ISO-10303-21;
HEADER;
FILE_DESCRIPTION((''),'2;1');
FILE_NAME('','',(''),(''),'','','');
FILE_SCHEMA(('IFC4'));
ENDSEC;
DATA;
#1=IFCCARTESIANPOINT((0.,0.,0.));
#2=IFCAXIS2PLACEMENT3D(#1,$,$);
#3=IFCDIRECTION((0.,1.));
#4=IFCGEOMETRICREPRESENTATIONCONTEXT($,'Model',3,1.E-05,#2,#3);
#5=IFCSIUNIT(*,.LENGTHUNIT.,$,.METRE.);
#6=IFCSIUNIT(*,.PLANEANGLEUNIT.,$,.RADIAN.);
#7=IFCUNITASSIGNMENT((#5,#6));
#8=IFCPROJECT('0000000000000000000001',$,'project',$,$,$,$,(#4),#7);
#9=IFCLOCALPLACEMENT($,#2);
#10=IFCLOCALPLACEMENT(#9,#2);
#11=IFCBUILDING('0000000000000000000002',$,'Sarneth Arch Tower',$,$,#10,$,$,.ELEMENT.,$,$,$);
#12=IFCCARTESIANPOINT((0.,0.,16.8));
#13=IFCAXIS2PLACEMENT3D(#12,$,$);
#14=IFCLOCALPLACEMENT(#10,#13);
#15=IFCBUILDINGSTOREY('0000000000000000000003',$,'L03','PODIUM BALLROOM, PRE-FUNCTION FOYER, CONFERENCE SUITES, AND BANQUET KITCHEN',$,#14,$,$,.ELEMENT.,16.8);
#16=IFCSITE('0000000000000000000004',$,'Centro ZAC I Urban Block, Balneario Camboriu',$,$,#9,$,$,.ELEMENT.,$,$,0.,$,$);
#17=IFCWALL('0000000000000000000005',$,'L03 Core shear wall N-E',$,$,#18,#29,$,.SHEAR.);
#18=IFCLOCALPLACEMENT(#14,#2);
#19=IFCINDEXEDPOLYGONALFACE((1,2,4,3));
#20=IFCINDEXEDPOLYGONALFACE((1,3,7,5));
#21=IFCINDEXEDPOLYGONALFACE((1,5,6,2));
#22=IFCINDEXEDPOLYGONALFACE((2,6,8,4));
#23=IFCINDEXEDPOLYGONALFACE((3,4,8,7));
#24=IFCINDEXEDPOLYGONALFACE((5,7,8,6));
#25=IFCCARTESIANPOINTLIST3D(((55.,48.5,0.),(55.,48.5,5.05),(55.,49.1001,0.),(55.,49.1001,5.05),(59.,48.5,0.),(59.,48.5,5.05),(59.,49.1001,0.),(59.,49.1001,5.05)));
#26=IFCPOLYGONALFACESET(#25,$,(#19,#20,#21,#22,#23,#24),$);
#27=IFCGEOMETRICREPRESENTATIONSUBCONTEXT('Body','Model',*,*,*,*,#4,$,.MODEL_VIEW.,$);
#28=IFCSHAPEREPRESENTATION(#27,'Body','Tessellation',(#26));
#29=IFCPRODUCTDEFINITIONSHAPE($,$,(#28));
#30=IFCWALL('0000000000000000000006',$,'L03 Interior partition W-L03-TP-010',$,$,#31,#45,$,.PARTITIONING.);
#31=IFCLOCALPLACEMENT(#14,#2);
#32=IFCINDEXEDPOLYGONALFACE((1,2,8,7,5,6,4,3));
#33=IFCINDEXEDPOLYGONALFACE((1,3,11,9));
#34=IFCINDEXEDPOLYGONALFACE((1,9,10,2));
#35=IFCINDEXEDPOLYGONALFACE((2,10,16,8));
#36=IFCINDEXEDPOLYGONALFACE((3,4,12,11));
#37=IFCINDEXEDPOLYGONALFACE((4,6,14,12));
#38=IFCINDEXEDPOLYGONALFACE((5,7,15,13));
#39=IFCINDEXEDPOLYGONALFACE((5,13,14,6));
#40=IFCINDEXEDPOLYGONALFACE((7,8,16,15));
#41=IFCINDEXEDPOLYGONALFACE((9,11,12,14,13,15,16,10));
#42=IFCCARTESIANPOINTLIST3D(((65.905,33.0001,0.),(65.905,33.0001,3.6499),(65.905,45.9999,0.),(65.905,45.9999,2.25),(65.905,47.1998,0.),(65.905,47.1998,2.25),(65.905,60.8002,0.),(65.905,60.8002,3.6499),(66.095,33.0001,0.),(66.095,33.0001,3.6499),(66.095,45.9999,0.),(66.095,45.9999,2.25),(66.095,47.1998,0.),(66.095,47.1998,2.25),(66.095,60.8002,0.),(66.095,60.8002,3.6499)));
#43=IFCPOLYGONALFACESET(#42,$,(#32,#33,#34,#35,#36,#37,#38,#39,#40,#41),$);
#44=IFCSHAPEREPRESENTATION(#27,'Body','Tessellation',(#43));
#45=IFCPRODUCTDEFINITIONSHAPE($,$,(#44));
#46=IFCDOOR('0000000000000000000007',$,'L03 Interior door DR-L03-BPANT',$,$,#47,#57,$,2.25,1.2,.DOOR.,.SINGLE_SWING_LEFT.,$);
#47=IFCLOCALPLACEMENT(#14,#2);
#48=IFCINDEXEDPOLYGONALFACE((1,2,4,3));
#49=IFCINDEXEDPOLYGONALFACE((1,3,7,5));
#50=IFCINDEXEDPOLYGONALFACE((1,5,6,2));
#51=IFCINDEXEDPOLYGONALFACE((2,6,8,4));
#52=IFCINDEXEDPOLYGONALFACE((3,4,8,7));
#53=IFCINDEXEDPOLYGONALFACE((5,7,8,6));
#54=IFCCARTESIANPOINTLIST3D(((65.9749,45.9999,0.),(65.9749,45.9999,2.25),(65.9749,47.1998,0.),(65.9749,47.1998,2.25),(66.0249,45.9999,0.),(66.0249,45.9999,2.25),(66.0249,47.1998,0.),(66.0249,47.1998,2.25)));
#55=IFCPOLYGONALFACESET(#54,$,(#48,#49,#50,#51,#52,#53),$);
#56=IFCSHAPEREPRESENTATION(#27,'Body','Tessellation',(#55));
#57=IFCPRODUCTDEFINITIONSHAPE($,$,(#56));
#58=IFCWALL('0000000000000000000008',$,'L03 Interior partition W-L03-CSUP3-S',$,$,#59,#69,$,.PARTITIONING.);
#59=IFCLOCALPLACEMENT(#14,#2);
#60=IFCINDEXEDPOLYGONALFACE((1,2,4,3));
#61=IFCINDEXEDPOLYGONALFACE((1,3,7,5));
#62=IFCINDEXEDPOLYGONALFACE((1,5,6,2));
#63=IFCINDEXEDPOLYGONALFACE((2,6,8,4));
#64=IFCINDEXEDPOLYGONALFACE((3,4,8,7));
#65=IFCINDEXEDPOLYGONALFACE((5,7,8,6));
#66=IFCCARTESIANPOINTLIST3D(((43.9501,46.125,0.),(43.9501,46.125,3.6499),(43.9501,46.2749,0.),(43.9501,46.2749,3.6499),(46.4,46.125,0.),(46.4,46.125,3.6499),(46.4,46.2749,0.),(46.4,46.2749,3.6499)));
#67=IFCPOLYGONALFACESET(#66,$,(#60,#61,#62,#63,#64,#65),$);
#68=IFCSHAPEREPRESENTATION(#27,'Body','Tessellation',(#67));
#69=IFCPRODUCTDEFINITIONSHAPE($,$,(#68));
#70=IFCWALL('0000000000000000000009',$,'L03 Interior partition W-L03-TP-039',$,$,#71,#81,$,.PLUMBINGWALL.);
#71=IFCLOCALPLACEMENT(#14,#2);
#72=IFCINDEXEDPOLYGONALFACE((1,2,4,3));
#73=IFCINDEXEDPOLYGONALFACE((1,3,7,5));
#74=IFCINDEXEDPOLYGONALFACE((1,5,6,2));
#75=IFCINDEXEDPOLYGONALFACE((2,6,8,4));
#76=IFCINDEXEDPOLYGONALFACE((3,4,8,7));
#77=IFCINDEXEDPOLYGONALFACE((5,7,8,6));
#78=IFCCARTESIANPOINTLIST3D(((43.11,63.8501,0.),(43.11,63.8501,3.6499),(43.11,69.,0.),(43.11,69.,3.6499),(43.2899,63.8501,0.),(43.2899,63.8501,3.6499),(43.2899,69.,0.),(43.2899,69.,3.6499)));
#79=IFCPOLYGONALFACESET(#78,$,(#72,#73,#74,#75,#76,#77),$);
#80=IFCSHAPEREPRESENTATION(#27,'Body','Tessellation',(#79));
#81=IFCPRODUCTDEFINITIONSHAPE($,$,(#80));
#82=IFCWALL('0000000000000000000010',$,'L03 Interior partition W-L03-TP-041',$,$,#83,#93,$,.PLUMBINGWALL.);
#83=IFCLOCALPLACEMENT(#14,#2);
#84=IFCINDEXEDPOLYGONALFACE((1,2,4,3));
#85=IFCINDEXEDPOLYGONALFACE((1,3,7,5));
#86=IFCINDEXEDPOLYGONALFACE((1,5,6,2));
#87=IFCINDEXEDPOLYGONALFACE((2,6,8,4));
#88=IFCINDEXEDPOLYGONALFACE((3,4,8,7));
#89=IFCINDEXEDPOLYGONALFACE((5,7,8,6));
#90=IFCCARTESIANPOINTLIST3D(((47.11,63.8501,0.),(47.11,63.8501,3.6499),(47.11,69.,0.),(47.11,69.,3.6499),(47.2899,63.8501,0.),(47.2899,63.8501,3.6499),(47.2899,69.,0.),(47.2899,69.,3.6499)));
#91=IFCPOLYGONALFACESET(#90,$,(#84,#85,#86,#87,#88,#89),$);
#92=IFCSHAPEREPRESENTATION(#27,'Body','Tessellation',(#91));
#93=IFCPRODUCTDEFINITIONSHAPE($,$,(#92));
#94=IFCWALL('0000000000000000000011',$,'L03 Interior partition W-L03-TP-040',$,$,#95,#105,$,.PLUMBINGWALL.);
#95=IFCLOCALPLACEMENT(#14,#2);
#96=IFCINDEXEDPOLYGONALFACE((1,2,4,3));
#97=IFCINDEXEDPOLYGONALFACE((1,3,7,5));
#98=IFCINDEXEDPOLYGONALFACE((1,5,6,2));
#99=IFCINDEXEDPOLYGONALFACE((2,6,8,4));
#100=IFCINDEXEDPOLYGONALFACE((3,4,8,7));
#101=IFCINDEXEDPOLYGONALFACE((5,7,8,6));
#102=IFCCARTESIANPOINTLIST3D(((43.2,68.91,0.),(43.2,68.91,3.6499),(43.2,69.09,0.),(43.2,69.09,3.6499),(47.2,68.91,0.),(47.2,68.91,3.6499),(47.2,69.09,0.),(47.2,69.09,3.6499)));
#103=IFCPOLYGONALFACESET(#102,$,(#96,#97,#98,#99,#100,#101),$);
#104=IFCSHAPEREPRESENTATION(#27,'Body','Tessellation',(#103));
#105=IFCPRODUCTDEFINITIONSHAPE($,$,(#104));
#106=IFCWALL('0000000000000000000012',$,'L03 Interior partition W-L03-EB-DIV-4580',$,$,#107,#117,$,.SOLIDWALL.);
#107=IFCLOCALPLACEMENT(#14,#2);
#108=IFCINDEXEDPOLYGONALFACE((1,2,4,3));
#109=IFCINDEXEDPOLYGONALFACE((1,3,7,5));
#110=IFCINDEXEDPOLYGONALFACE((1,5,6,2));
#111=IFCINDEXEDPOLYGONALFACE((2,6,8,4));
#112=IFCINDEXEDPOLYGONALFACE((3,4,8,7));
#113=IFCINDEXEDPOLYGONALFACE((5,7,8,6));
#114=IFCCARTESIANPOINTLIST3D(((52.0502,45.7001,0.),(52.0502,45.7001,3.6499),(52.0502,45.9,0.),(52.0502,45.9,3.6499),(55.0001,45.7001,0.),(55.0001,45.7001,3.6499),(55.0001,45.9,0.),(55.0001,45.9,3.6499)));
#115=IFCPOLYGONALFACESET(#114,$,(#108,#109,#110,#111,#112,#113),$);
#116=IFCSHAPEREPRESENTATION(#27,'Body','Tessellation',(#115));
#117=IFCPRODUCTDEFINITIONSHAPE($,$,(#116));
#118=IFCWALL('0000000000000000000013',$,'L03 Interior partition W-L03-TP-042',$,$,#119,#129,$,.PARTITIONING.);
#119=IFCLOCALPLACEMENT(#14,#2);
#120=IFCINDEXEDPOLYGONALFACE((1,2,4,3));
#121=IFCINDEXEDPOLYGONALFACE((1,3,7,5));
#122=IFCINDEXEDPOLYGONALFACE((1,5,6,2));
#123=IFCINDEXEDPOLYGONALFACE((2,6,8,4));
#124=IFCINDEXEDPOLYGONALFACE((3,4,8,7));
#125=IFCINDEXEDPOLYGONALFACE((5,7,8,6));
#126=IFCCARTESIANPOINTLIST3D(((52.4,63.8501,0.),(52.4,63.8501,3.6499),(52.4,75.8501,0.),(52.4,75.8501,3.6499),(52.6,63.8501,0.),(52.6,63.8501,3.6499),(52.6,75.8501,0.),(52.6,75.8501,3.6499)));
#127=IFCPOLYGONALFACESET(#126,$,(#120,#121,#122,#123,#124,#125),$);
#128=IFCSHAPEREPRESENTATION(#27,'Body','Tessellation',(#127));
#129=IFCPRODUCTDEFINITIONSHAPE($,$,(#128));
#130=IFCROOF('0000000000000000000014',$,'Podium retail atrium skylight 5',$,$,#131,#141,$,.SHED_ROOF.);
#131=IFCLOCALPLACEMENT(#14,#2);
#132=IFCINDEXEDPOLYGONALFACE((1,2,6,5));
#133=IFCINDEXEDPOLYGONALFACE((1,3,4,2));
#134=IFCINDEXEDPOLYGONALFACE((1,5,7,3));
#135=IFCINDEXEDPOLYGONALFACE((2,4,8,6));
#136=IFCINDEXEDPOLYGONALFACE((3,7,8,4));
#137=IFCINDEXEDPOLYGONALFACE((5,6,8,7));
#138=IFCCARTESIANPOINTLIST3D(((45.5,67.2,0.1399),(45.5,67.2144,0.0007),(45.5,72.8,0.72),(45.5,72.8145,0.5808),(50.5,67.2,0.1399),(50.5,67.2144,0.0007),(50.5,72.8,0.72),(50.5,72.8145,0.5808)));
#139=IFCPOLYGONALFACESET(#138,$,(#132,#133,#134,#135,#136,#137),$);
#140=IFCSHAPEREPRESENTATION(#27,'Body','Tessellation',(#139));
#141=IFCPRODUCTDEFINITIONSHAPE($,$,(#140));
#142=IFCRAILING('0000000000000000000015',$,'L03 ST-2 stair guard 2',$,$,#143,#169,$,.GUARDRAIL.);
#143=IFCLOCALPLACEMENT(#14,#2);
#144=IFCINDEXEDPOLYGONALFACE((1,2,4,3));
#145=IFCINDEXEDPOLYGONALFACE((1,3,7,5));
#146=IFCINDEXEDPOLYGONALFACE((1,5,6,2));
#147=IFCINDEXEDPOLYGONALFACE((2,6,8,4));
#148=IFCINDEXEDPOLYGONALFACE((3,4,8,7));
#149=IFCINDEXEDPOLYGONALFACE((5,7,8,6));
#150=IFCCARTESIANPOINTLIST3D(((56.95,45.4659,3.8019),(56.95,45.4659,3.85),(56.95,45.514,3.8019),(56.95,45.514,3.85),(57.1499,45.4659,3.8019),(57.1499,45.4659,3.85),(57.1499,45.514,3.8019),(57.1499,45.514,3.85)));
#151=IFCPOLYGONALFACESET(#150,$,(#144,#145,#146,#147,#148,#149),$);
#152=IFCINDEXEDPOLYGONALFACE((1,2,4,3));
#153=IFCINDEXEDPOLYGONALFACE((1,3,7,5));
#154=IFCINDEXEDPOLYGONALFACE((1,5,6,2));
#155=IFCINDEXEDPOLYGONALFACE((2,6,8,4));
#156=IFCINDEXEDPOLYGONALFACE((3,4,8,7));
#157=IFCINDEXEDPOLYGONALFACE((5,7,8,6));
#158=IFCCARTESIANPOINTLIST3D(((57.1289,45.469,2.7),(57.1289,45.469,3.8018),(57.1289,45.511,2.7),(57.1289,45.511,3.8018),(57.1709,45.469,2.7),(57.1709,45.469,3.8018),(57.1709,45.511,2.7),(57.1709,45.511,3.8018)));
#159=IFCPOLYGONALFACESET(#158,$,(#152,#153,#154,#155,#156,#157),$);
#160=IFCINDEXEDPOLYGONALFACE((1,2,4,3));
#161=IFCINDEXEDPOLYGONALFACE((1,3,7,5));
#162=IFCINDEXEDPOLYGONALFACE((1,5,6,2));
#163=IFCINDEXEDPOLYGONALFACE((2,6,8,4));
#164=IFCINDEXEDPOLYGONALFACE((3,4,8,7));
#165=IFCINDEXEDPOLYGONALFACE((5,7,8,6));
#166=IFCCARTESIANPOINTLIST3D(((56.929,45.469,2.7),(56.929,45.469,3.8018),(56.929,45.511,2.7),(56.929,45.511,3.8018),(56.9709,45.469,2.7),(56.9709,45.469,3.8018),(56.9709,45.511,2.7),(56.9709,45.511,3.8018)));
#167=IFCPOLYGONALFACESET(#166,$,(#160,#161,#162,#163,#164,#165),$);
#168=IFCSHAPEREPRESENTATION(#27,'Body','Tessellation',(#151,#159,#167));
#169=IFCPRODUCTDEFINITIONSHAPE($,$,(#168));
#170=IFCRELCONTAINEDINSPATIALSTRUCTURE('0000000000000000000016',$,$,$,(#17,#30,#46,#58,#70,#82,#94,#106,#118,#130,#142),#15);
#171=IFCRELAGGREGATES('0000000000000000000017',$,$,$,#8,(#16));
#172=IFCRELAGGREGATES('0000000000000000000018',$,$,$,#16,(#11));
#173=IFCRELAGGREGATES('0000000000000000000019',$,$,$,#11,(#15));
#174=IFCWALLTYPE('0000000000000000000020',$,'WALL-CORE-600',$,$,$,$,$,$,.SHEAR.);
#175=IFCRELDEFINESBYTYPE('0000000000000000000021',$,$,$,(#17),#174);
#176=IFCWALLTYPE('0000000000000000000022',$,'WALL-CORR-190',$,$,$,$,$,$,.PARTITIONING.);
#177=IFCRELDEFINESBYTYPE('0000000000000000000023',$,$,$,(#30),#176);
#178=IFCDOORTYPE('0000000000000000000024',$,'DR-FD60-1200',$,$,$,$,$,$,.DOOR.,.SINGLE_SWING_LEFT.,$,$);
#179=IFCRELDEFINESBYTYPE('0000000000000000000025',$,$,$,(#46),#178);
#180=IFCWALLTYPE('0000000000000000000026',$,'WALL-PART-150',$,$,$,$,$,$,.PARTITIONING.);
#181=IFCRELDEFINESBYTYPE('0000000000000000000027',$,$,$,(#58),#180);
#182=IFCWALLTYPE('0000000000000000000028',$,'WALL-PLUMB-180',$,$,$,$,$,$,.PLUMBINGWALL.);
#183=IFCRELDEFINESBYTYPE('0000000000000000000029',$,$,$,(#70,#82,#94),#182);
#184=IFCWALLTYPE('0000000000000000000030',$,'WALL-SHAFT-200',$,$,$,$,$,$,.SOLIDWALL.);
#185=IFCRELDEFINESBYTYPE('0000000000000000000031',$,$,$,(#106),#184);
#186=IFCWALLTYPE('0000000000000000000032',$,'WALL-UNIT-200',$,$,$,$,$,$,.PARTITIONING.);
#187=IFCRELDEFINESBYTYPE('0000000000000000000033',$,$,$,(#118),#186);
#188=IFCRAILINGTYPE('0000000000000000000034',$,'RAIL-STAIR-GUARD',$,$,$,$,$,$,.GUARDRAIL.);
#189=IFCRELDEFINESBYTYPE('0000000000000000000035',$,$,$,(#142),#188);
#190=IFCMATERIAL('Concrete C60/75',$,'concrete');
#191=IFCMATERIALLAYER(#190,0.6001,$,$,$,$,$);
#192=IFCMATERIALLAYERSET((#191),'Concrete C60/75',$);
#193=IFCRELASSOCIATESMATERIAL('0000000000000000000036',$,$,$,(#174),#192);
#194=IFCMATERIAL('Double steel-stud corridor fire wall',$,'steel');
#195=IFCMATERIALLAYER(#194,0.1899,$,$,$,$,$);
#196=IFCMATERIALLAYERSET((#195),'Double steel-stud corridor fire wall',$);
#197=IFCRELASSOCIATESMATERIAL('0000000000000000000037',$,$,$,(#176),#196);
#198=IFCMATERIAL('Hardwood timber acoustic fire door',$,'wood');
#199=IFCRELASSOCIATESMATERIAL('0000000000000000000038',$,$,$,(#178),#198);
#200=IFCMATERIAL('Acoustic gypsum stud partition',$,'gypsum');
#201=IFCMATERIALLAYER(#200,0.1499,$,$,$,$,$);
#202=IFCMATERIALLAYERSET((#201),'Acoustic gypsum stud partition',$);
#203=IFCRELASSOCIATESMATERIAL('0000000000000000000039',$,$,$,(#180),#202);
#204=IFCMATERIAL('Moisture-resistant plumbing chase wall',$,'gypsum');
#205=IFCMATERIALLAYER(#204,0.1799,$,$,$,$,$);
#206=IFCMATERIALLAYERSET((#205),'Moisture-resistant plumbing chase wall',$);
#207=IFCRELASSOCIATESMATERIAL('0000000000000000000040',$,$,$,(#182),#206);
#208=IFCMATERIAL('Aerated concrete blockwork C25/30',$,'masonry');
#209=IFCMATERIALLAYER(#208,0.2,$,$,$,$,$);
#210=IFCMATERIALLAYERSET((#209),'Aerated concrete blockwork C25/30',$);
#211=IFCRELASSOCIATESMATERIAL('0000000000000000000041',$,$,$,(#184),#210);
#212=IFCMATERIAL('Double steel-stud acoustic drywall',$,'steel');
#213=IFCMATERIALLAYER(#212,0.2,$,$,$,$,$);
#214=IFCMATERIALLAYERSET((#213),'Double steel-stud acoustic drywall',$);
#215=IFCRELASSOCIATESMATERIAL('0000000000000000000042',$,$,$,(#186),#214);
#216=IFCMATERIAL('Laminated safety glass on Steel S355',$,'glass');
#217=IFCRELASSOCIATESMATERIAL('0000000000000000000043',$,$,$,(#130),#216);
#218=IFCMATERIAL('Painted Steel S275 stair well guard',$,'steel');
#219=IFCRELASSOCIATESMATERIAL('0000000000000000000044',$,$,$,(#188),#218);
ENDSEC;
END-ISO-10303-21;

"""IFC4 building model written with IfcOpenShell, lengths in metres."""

from ifc_helpers import new_model, si_unit, direction, frame, frame_2d, origin, origin_2d, place, context, subcontext, project, spatial, polyline, rectangle, outline, extrude, material, layer, layer_set, type_object, element, fill, save


model = new_model("IFC4")

# Units and contexts
model_context = context("Model", 3, precision=1e-05, world=origin(), true_north=direction((0.0, 1.0)))
body_context = subcontext(model_context, "Body", "Model", "MODEL_VIEW")
ifc_project = project(units=[si_unit("LENGTHUNIT", "METRE"), si_unit("PLANEANGLEUNIT", "RADIAN")], contexts=[model_context])

# Site, building, storey
site_placement = place(None, origin())
site = spatial("IfcSite", under=ifc_project, at=site_placement, Name="Centro ZAC I Urban Block, Balneario Camboriu", CompositionType="ELEMENT", RefElevation=0.0)
building_placement = place(site_placement, origin())
building = spatial("IfcBuilding", under=site, at=building_placement, Name="Sarneth Arch Tower", CompositionType="ELEMENT")
storey_placement = place(building_placement, frame((0.0, 0.0, 16.8)))
storey = spatial("IfcBuildingStorey", under=building, at=storey_placement, Name="L03", Description="PODIUM BALLROOM, PRE-FUNCTION FOYER, CONFERENCE SUITES, AND BANQUET KITCHEN", CompositionType="ELEMENT", Elevation=16.8)

# Wall
ifc_material_1 = material(Name="Concrete C60/75", Category="concrete")
ifc_layer_1 = layer(ifc_material_1, 0.6001)
ifc_layer_set_1 = layer_set([ifc_layer_1], Name="Concrete C60/75")
wall_type_1 = type_object("IfcWallType", Name="WALL-CORE-600", PredefinedType="SHEAR", material=ifc_layer_set_1)
wall_1_placement = place(storey_placement, frame((55.0, 48.8, 0.0), z_axis=(0.0, 0.0, 1.0), x_axis=(1.0, 0.0, 0.0)))
element("IfcWall", 1, at=wall_1_placement, inside=storey, type_object=wall_type_1, Name="L03 Core shear wall N-E", PredefinedType="SHEAR", context=body_context, shape_type="SweptSolid", body=[
    extrude(rectangle(XDim=4.0, YDim=0.6001, at=frame_2d((2.0, 0.0))), origin(), (0.0, 0.0, 1.0), 5.05),
])

# Wall, opening, door
ifc_material_2 = material(Name="Double steel-stud corridor fire wall", Category="steel")
ifc_layer_2 = layer(ifc_material_2, 0.1899)
ifc_layer_set_2 = layer_set([ifc_layer_2], Name="Double steel-stud corridor fire wall")
wall_type_2 = type_object("IfcWallType", Name="WALL-CORR-190", PredefinedType="PARTITIONING", material=ifc_layer_set_2)
wall_2_placement = place(storey_placement, frame((66.0, 60.8, 0.0), z_axis=(0.0, 0.0, 1.0), x_axis=(0.0, -1.0, 0.0)))
wall_2 = element("IfcWall", 2, at=wall_2_placement, inside=storey, type_object=wall_type_2, Name="L03 Interior partition W-L03-TP-010", PredefinedType="PARTITIONING", context=body_context, shape_type="SweptSolid", body=[
    extrude(rectangle(XDim=27.8, YDim=0.1899, at=frame_2d((13.8999, 0.0))), origin(), (0.0, 0.0, 1.0), 3.6499),
])
opening_1_placement = place(wall_2_placement, frame((13.6001, 0.0, 0.0)))
opening_1 = element("IfcOpeningElement", 3, at=opening_1_placement, cuts=wall_2, PredefinedType="OPENING", context=body_context, shape_type="SweptSolid", body=[
    extrude(rectangle(XDim=1.2, YDim=2.25, at=frame_2d((0.6001, 1.125))), frame((0.0, 0.105, 0.0), z_axis=(0.0, -1.0, 0.0), x_axis=(1.0, 0.0, 0.0)), (0.0, 0.0, 1.0), 0.21),
])
ifc_material_3 = material(Name="Hardwood timber acoustic fire door", Category="wood")
door_type_1 = type_object("IfcDoorType", Name="DR-FD60-1200", OperationType="SINGLE_SWING_LEFT", PredefinedType="DOOR", material=ifc_material_3)
door_1_placement = place(opening_1_placement, origin())
door_1 = element("IfcDoor", 4, at=door_1_placement, inside=storey, type_object=door_type_1, Name="L03 Interior door DR-L03-BPANT", OperationType="SINGLE_SWING_LEFT", OverallHeight=2.25, OverallWidth=1.2, PredefinedType="DOOR", context=body_context, shape_type="SweptSolid", body=[
    extrude(rectangle(XDim=1.2, YDim=2.25, at=frame_2d((0.6001, 1.125))), frame((0.0, 0.0249, 0.0), z_axis=(0.0, -1.0, 0.0), x_axis=(1.0, 0.0, 0.0)), (0.0, 0.0, 1.0), 0.05),
])
fill(opening_1, door_1)

# Wall
ifc_material_4 = material(Name="Acoustic gypsum stud partition", Category="gypsum")
ifc_layer_3 = layer(ifc_material_4, 0.1499)
ifc_layer_set_3 = layer_set([ifc_layer_3], Name="Acoustic gypsum stud partition")
wall_type_3 = type_object("IfcWallType", Name="WALL-PART-150", PredefinedType="PARTITIONING", material=ifc_layer_set_3)
wall_3_placement = place(storey_placement, frame((43.95, 46.2, 0.0), z_axis=(0.0, 0.0, 1.0), x_axis=(1.0, 0.0, 0.0)))
element("IfcWall", 5, at=wall_3_placement, inside=storey, type_object=wall_type_3, Name="L03 Interior partition W-L03-CSUP3-S", PredefinedType="PARTITIONING", context=body_context, shape_type="SweptSolid", body=[
    extrude(rectangle(XDim=2.45, YDim=0.1499, at=frame_2d((1.2251, 0.0))), origin(), (0.0, 0.0, 1.0), 3.6499),
])

# Walls
ifc_material_5 = material(Name="Moisture-resistant plumbing chase wall", Category="gypsum")
ifc_layer_4 = layer(ifc_material_5, 0.1799)
ifc_layer_set_4 = layer_set([ifc_layer_4], Name="Moisture-resistant plumbing chase wall")
wall_type_4 = type_object("IfcWallType", Name="WALL-PLUMB-180", PredefinedType="PLUMBINGWALL", material=ifc_layer_set_4)
for number, where, z_axis, x_axis, name in (
    (6, (43.2, 63.8501, 0.0), (0.0, 0.0, 1.0), (0.0, 1.0, 0.0), "L03 Interior partition W-L03-TP-039"),
    (7, (47.2, 69.0, 0.0), (0.0, 0.0, 1.0), (0.0, -1.0, 0.0), "L03 Interior partition W-L03-TP-041"),
):
    element("IfcWall", number, at=place(storey_placement, frame(where, z_axis=z_axis, x_axis=x_axis)), inside=storey, type_object=wall_type_4, Name=name, PredefinedType="PLUMBINGWALL", context=body_context, shape_type="SweptSolid", body=[
        extrude(rectangle(XDim=5.1499, YDim=0.1799, at=frame_2d((2.575, 0.0))), origin(), (0.0, 0.0, 1.0), 3.6499),
    ])
wall_4_placement = place(storey_placement, frame((43.2, 69.0, 0.0), z_axis=(0.0, 0.0, 1.0), x_axis=(1.0, 0.0, 0.0)))
element("IfcWall", 8, at=wall_4_placement, inside=storey, type_object=wall_type_4, Name="L03 Interior partition W-L03-TP-040", PredefinedType="PLUMBINGWALL", context=body_context, shape_type="SweptSolid", body=[
    extrude(rectangle(XDim=4.0, YDim=0.1799, at=frame_2d((2.0, 0.0))), origin(), (0.0, 0.0, 1.0), 3.6499),
])

# Shared definitions
ifc_material_6 = material(Name="Aerated concrete blockwork C25/30", Category="masonry")
ifc_layer_5 = layer(ifc_material_6, 0.2)
ifc_layer_set_5 = layer_set([ifc_layer_5], Name="Aerated concrete blockwork C25/30")
wall_type_5 = type_object("IfcWallType", Name="WALL-SHAFT-200", PredefinedType="SOLIDWALL", material=ifc_layer_set_5)

# Walls
wall_5_placement = place(storey_placement, frame((52.05, 45.8, 0.0), z_axis=(0.0, 0.0, 1.0), x_axis=(1.0, 0.0, 0.0)))
element("IfcWall", 9, at=wall_5_placement, inside=storey, type_object=wall_type_5, Name="L03 Interior partition W-L03-EB-DIV-4580", PredefinedType="SOLIDWALL", context=body_context, shape_type="SweptSolid", body=[
    extrude(rectangle(XDim=2.95, YDim=0.2, at=frame_2d((1.4751, 0.0))), origin(), (0.0, 0.0, 1.0), 3.6499),
])
ifc_material_7 = material(Name="Double steel-stud acoustic drywall", Category="steel")
ifc_layer_6 = layer(ifc_material_7, 0.2)
ifc_layer_set_6 = layer_set([ifc_layer_6], Name="Double steel-stud acoustic drywall")
wall_type_6 = type_object("IfcWallType", Name="WALL-UNIT-200", PredefinedType="PARTITIONING", material=ifc_layer_set_6)
wall_6_placement = place(storey_placement, frame((52.5, 75.8501, 0.0), z_axis=(0.0, 0.0, 1.0), x_axis=(0.0, -1.0, 0.0)))
element("IfcWall", 10, at=wall_6_placement, inside=storey, type_object=wall_type_6, Name="L03 Interior partition W-L03-TP-042", PredefinedType="PARTITIONING", context=body_context, shape_type="SweptSolid", body=[
    extrude(rectangle(XDim=12.0, YDim=0.2, at=frame_2d((6.0, 0.0))), origin(), (0.0, 0.0, 1.0), 3.6499),
])

# Roof
ifc_material_8 = material(Name="Laminated safety glass on Steel S355", Category="glass")
roof_placement = place(storey_placement, frame((45.5, 67.2, 0.1399), z_axis=(0.0, -0.103032, 0.994678), x_axis=(1.0, 0.0, 0.0)))
element("IfcRoof", 11, at=roof_placement, inside=storey, material=ifc_material_8, Name="Podium retail atrium skylight 5", PredefinedType="SHED_ROOF", context=body_context, shape_type="SweptSolid", body=[
    extrude(outline(polyline([(0.0, 0.0), (5.0, 0.0), (5.0, 5.6301), (0.0, 5.6301), (0.0, 0.0)])), origin(), (0.0, 0.0, -1.0), 0.1399),
])

# Railing
ifc_material_9 = material(Name="Painted Steel S275 stair well guard", Category="steel")
railing_type = type_object("IfcRailingType", Name="RAIL-STAIR-GUARD", PredefinedType="GUARDRAIL", material=ifc_material_9)
railing_placement = place(storey_placement, frame((57.1499, 45.49, 2.7)))
element("IfcRailing", 12, at=railing_placement, inside=storey, type_object=railing_type, Name="L03 ST-2 stair guard 2", PredefinedType="GUARDRAIL", context=body_context, shape_type="SweptSolid", body=[
    extrude(rectangle(XDim=0.0481, YDim=0.0481, at=origin_2d()), frame((0.0, 0.0, 1.126), z_axis=(-1.0, 0.0, 0.0), x_axis=(0.0, -1.0, 0.0)), (0.0, 0.0, 1.0), 0.2),
    extrude(rectangle(XDim=0.042, YDim=0.042, at=origin_2d()), origin(), (0.0, 0.0, 1.0), 1.1018),
    extrude(rectangle(XDim=0.042, YDim=0.042, at=origin_2d()), frame((-0.2, 0.0, 0.0)), (0.0, 0.0, 1.0), 1.1018),
])

save(model, "model.ifc")
